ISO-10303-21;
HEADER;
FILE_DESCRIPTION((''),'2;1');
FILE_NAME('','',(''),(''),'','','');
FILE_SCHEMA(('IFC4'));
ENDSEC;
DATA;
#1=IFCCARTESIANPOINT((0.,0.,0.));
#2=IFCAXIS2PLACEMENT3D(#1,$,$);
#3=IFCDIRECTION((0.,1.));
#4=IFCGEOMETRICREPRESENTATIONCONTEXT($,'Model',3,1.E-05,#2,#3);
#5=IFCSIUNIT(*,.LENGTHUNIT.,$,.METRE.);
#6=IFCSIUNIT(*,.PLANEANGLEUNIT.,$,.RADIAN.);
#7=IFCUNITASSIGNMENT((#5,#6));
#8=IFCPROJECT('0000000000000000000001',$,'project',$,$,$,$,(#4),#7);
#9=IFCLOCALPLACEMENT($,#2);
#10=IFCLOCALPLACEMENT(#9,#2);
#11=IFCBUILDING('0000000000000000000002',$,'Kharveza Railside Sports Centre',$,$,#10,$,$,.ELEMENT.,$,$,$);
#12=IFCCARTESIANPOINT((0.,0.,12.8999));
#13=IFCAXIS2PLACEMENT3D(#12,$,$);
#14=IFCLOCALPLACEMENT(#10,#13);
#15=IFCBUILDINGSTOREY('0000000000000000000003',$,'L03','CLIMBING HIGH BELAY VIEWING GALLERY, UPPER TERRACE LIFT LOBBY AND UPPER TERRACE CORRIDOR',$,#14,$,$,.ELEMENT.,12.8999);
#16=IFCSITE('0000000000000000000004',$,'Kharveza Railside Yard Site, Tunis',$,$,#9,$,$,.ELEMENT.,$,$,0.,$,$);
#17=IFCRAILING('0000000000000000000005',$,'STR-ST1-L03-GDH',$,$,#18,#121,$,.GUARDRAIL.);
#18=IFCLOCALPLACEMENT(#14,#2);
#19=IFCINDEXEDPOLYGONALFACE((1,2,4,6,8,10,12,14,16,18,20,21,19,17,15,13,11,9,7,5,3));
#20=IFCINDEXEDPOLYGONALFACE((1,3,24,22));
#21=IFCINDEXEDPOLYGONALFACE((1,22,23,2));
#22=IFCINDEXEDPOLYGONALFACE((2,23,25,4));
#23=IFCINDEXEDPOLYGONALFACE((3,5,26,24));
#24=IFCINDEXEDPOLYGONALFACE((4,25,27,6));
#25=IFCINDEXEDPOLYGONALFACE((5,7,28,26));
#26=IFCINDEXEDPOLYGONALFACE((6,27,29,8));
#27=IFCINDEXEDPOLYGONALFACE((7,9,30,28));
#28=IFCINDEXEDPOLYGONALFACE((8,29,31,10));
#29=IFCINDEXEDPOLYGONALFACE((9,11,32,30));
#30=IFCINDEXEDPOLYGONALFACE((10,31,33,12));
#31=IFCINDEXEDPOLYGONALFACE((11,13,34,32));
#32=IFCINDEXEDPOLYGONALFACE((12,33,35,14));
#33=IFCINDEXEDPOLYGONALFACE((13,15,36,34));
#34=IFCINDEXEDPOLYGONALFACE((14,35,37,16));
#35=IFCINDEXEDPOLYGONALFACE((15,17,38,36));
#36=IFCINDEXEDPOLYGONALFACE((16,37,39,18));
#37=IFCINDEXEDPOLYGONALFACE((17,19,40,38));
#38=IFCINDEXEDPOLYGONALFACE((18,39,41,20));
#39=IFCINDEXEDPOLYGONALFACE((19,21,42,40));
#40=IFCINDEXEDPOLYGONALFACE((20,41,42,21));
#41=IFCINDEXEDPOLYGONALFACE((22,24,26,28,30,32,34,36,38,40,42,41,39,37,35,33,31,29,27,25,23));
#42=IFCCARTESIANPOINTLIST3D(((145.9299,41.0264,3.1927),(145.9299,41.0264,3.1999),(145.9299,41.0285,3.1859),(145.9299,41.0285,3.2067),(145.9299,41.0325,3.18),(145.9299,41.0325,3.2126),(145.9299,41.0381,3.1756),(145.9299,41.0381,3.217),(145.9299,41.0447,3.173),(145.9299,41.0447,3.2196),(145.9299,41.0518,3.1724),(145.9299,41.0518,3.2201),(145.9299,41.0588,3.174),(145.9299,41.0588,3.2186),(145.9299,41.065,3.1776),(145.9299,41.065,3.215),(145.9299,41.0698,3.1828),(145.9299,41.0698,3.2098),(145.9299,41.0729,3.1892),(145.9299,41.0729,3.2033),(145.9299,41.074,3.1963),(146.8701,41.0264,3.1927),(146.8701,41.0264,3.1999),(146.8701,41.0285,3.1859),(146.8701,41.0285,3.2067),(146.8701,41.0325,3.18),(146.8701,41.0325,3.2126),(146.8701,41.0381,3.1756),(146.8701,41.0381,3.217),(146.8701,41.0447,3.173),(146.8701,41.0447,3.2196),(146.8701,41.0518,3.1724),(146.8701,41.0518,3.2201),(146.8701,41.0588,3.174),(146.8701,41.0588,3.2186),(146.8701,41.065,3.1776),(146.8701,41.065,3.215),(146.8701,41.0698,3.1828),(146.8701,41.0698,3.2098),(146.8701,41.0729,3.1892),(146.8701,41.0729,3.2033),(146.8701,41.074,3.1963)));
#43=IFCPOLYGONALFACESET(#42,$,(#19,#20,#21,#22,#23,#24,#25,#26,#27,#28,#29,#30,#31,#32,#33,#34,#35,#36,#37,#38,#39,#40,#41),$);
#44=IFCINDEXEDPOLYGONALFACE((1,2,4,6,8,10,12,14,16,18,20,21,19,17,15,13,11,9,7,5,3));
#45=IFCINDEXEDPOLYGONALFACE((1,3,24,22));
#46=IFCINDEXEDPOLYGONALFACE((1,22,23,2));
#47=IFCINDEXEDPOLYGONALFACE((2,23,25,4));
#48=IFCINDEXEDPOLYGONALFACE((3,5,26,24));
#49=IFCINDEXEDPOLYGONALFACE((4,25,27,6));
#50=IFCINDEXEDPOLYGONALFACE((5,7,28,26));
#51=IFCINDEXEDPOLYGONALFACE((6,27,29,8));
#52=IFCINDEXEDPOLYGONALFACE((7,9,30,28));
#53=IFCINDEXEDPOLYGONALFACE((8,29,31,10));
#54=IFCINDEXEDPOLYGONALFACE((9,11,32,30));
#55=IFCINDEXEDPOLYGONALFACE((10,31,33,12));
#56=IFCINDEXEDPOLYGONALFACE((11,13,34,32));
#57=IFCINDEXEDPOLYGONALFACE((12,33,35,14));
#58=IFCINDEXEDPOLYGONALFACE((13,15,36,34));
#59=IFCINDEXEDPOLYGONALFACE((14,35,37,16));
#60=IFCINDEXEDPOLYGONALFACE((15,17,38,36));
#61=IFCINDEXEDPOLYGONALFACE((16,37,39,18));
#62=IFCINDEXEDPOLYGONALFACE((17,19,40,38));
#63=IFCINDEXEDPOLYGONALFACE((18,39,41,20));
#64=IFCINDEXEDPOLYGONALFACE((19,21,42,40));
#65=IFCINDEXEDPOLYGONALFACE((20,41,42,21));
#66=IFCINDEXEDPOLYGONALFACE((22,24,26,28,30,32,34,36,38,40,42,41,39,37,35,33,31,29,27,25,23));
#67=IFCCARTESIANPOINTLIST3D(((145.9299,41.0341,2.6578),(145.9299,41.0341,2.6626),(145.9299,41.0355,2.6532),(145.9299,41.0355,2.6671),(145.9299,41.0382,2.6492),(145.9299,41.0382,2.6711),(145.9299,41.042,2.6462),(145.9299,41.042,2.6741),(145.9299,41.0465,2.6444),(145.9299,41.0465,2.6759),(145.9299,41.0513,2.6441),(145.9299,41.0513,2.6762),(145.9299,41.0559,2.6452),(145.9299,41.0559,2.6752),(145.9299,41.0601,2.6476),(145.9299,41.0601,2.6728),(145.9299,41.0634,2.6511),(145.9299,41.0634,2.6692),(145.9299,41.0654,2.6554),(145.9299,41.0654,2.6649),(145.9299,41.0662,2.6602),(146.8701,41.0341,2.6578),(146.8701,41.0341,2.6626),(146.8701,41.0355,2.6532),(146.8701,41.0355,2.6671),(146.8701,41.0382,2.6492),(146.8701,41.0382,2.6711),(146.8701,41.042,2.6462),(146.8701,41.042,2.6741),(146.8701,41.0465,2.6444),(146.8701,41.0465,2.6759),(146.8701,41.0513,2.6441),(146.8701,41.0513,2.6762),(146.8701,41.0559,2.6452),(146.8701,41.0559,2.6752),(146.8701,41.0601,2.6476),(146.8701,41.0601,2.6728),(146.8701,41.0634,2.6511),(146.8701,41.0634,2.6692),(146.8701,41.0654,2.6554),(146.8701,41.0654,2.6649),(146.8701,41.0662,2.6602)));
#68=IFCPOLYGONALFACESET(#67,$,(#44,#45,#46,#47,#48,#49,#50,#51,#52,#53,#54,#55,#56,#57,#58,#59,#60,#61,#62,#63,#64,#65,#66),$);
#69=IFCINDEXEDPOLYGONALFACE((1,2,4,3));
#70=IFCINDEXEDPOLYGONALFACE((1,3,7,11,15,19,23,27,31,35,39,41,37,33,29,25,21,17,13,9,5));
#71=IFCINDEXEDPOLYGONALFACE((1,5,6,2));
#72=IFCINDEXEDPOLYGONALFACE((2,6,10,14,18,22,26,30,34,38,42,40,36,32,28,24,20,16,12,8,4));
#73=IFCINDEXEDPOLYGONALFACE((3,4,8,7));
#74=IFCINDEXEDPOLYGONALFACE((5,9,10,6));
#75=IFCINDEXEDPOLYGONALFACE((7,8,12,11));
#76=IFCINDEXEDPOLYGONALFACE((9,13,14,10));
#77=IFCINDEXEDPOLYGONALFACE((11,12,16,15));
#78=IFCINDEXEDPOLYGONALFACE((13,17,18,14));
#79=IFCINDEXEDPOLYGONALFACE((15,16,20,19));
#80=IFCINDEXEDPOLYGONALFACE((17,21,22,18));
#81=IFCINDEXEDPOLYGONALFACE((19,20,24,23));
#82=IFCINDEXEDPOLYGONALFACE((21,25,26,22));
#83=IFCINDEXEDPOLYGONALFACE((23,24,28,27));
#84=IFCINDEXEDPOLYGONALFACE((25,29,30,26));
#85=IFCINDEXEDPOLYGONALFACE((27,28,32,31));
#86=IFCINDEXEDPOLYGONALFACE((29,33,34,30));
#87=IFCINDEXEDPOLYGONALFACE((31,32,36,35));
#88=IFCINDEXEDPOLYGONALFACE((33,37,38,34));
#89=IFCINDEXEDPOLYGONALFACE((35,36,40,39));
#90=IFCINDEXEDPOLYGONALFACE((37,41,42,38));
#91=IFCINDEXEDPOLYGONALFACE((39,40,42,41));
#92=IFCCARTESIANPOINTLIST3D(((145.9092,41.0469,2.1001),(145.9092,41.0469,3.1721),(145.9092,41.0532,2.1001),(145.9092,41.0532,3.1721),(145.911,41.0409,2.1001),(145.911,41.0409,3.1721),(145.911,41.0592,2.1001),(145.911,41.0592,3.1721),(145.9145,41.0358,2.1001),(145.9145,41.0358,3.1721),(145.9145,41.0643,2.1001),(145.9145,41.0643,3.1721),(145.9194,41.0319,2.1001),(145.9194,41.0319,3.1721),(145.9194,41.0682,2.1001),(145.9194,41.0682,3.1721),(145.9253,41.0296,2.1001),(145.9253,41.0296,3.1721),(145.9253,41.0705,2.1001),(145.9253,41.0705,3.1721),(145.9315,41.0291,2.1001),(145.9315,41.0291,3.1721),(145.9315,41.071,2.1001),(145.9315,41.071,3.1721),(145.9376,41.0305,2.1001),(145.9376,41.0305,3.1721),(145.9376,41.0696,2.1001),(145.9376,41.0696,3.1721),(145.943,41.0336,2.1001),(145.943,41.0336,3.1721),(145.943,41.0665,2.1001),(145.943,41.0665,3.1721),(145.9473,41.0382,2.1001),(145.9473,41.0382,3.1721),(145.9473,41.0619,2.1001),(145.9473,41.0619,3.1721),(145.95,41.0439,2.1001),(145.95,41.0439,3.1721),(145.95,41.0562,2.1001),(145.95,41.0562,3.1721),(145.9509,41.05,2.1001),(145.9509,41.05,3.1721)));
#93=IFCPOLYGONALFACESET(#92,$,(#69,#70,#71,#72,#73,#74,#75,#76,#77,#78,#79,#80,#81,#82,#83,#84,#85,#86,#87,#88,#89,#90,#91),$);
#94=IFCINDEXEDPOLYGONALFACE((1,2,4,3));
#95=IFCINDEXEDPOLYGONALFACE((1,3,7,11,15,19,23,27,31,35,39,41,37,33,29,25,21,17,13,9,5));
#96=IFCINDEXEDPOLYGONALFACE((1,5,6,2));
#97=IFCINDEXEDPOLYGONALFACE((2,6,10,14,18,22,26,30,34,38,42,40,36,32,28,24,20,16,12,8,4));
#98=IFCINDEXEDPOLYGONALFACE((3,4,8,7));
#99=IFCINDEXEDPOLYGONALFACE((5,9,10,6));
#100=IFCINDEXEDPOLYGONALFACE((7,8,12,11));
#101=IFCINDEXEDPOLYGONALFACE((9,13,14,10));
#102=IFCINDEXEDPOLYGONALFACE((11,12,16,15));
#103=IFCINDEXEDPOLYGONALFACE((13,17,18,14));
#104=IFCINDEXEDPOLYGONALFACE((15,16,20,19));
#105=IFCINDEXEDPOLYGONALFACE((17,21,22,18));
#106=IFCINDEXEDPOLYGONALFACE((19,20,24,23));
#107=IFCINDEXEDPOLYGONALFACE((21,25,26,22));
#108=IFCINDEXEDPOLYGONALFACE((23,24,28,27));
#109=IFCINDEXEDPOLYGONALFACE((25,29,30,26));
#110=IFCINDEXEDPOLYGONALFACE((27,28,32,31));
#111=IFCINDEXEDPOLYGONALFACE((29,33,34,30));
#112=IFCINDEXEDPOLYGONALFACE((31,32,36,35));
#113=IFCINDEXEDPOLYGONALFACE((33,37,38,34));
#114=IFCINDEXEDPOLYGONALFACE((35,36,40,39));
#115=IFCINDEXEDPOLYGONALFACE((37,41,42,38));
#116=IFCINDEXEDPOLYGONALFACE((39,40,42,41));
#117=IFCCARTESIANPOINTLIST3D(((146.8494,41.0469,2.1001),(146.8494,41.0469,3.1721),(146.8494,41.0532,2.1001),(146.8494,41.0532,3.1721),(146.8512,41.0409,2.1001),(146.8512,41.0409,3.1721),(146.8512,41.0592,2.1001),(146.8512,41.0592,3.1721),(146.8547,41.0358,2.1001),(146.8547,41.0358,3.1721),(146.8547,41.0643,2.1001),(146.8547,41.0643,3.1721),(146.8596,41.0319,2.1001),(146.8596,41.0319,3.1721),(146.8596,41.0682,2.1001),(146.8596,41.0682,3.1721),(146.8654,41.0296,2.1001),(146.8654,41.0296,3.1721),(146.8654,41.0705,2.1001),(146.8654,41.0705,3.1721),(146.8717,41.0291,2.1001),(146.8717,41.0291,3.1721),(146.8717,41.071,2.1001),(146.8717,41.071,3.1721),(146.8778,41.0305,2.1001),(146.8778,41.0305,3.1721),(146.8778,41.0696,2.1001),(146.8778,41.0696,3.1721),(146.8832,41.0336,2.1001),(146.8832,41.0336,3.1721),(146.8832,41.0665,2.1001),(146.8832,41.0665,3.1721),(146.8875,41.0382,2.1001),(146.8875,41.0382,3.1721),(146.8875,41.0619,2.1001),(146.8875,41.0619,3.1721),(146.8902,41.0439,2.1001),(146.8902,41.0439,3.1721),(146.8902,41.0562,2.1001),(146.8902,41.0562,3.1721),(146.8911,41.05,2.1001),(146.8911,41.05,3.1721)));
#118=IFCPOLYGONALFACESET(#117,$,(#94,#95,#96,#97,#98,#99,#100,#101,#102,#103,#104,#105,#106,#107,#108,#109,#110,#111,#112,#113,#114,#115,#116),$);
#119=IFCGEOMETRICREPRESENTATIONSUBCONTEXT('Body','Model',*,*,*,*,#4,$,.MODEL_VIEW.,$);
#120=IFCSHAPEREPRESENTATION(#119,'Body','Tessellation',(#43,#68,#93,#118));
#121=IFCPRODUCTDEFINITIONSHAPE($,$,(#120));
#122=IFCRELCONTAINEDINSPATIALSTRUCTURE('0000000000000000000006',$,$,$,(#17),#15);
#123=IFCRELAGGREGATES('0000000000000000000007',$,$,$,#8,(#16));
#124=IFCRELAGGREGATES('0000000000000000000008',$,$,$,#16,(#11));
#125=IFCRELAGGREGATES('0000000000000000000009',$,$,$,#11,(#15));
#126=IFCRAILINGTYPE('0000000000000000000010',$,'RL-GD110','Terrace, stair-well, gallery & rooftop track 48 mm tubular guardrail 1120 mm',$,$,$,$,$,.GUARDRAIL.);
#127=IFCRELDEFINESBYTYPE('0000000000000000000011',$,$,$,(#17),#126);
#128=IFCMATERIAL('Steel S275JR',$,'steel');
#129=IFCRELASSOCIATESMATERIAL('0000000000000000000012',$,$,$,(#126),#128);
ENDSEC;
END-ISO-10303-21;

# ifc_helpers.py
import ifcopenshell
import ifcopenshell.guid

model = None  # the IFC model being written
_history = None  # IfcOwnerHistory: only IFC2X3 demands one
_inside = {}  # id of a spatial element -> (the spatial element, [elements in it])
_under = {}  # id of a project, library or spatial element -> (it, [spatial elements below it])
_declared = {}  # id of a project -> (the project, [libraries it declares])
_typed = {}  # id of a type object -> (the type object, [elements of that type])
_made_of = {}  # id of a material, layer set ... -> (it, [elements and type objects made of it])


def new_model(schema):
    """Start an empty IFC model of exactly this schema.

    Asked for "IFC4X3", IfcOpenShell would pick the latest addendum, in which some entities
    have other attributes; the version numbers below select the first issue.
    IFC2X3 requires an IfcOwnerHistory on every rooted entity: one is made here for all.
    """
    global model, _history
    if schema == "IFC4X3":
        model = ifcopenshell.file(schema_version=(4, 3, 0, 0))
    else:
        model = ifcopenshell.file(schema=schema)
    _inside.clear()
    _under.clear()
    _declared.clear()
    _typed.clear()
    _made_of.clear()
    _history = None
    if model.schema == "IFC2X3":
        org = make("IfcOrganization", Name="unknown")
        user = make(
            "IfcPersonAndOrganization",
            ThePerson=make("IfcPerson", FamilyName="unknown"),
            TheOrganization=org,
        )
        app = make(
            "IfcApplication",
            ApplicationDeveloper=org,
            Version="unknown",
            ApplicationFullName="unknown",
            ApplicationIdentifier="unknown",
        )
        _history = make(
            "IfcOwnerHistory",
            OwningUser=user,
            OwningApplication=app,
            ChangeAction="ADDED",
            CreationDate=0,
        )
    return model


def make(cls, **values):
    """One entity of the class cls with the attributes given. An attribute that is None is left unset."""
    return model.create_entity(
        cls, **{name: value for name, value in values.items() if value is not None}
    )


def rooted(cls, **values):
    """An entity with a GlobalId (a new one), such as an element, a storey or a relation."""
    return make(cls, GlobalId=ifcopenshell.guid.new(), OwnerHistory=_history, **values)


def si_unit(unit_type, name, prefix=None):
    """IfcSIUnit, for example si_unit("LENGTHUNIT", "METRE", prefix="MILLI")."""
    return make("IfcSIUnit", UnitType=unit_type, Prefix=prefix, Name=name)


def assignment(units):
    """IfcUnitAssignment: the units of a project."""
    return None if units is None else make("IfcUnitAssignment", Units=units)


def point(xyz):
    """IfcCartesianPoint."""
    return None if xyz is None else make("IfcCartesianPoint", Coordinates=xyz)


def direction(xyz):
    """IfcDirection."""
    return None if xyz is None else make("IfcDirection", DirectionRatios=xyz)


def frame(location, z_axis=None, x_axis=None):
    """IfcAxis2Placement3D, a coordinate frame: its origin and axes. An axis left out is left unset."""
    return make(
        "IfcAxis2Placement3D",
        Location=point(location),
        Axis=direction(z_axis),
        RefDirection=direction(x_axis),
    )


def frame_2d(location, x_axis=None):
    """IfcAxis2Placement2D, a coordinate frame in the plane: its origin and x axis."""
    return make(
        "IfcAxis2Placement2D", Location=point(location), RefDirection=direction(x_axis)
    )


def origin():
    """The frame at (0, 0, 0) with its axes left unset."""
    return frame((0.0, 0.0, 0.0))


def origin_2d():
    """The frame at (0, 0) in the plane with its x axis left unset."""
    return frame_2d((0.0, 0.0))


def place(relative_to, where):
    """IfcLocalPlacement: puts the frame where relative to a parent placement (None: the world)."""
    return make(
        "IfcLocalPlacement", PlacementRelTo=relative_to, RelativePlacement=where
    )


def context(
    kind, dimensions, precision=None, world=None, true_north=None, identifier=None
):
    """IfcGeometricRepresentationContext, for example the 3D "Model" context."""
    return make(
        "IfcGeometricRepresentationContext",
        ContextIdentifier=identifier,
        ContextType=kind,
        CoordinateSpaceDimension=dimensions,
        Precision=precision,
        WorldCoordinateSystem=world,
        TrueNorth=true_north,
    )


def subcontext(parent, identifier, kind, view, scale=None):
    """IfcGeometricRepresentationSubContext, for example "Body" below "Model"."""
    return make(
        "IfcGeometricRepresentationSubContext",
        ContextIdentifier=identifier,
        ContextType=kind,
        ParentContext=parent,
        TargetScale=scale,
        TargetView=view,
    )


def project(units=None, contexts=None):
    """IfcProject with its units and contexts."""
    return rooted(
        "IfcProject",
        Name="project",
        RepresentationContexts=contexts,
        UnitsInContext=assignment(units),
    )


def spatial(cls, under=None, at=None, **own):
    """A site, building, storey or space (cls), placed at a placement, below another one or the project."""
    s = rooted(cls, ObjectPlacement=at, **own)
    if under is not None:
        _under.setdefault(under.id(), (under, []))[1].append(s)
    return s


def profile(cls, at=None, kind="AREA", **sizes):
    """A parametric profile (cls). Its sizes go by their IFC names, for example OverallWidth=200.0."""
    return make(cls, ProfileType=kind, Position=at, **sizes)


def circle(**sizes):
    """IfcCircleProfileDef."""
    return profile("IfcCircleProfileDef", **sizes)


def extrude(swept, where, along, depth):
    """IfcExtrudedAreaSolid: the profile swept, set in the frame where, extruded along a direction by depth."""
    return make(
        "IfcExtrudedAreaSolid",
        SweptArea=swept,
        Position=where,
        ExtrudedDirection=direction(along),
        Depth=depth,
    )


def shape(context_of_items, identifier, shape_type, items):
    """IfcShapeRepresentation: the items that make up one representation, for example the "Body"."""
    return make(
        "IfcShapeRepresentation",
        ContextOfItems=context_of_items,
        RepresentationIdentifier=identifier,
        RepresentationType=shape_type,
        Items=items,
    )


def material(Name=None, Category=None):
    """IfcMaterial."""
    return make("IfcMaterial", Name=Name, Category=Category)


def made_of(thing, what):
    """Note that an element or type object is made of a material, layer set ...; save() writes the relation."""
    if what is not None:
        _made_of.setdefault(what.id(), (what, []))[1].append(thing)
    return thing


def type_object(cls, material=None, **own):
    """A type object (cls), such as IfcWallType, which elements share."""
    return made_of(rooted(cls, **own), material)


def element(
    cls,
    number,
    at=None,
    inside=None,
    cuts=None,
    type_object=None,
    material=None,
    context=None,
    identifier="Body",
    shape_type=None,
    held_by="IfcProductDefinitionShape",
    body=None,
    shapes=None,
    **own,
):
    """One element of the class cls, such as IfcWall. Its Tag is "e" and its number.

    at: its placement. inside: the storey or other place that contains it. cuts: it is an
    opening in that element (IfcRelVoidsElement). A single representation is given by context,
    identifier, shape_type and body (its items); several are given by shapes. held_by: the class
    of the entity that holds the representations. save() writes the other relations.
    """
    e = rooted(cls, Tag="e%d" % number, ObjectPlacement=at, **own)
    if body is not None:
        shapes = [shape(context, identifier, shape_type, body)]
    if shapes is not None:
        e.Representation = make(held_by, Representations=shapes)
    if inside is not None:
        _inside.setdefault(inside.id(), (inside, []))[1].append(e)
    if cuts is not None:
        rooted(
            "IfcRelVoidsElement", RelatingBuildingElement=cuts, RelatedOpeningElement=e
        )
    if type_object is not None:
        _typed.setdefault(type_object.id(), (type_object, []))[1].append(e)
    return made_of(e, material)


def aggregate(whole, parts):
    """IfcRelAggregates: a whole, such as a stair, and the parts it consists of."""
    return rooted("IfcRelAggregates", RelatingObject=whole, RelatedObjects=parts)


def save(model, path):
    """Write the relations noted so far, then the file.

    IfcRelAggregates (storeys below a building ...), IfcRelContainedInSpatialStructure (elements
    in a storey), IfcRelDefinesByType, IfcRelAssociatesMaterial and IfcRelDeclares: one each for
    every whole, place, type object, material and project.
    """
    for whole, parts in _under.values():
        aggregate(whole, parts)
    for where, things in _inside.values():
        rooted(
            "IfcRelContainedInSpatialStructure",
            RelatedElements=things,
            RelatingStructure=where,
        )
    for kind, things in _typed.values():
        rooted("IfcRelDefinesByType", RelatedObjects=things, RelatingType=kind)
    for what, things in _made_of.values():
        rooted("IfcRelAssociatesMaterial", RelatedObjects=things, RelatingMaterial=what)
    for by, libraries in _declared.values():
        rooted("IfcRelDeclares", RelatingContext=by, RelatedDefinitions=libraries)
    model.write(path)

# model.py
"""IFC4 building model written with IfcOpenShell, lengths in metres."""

from ifc_helpers import new_model, si_unit, direction, frame, origin, origin_2d, place, context, subcontext, project, spatial, circle, extrude, material, type_object, element, save


model = new_model("IFC4")

# Units and contexts
model_context = context("Model", 3, precision=1e-05, world=origin(), true_north=direction((0.0, 1.0)))
body_context = subcontext(model_context, "Body", "Model", "MODEL_VIEW")
ifc_project = project(units=[si_unit("LENGTHUNIT", "METRE"), si_unit("PLANEANGLEUNIT", "RADIAN")], contexts=[model_context])

# Site, building, storey
site_placement = place(None, origin())
site = spatial("IfcSite", under=ifc_project, at=site_placement, Name="Kharveza Railside Yard Site, Tunis", CompositionType="ELEMENT", RefElevation=0.0)
building_placement = place(site_placement, origin())
building = spatial("IfcBuilding", under=site, at=building_placement, Name="Kharveza Railside Sports Centre", CompositionType="ELEMENT")
storey_placement = place(building_placement, frame((0.0, 0.0, 12.8999)))
storey = spatial("IfcBuildingStorey", under=building, at=storey_placement, Name="L03", Description="CLIMBING HIGH BELAY VIEWING GALLERY, UPPER TERRACE LIFT LOBBY AND UPPER TERRACE CORRIDOR", CompositionType="ELEMENT", Elevation=12.8999)

# Railing
ifc_material_1 = material(Name="Steel S275JR", Category="steel")
railing_type_1 = type_object("IfcRailingType", Name="RL-GD110", Description="Terrace, stair-well, gallery & rooftop track 48 mm tubular guardrail 1120 mm", PredefinedType="GUARDRAIL", material=ifc_material_1)
railing_1_placement = place(storey_placement, frame((145.9299, 41.05, 2.1001)))
element("IfcRailing", 1, at=railing_1_placement, inside=storey, type_object=railing_type_1, Name="STR-ST1-L03-GDH", PredefinedType="GUARDRAIL", context=body_context, shape_type="SweptSolid", body=[
    extrude(circle(Radius=0.0239, at=origin_2d()), frame((0.0, 0.0, 1.0962), z_axis=(1.0, 0.0, 0.0), x_axis=(0.0, 1.0, 0.0)), (0.0, 0.0, 1.0), 0.9402),
    extrude(circle(Radius=0.0161, at=origin_2d()), frame((0.0, 0.0, 0.5601), z_axis=(1.0, 0.0, 0.0), x_axis=(0.0, 1.0, 0.0)), (0.0, 0.0, 1.0), 0.9402),
    extrude(circle(Radius=0.021, at=origin_2d()), origin(), (0.0, 0.0, 1.0), 1.072),
    extrude(circle(Radius=0.021, at=origin_2d()), frame((0.9402, 0.0, 0.0)), (0.0, 0.0, 1.0), 1.072),
])

save(model, "model.ifc")
